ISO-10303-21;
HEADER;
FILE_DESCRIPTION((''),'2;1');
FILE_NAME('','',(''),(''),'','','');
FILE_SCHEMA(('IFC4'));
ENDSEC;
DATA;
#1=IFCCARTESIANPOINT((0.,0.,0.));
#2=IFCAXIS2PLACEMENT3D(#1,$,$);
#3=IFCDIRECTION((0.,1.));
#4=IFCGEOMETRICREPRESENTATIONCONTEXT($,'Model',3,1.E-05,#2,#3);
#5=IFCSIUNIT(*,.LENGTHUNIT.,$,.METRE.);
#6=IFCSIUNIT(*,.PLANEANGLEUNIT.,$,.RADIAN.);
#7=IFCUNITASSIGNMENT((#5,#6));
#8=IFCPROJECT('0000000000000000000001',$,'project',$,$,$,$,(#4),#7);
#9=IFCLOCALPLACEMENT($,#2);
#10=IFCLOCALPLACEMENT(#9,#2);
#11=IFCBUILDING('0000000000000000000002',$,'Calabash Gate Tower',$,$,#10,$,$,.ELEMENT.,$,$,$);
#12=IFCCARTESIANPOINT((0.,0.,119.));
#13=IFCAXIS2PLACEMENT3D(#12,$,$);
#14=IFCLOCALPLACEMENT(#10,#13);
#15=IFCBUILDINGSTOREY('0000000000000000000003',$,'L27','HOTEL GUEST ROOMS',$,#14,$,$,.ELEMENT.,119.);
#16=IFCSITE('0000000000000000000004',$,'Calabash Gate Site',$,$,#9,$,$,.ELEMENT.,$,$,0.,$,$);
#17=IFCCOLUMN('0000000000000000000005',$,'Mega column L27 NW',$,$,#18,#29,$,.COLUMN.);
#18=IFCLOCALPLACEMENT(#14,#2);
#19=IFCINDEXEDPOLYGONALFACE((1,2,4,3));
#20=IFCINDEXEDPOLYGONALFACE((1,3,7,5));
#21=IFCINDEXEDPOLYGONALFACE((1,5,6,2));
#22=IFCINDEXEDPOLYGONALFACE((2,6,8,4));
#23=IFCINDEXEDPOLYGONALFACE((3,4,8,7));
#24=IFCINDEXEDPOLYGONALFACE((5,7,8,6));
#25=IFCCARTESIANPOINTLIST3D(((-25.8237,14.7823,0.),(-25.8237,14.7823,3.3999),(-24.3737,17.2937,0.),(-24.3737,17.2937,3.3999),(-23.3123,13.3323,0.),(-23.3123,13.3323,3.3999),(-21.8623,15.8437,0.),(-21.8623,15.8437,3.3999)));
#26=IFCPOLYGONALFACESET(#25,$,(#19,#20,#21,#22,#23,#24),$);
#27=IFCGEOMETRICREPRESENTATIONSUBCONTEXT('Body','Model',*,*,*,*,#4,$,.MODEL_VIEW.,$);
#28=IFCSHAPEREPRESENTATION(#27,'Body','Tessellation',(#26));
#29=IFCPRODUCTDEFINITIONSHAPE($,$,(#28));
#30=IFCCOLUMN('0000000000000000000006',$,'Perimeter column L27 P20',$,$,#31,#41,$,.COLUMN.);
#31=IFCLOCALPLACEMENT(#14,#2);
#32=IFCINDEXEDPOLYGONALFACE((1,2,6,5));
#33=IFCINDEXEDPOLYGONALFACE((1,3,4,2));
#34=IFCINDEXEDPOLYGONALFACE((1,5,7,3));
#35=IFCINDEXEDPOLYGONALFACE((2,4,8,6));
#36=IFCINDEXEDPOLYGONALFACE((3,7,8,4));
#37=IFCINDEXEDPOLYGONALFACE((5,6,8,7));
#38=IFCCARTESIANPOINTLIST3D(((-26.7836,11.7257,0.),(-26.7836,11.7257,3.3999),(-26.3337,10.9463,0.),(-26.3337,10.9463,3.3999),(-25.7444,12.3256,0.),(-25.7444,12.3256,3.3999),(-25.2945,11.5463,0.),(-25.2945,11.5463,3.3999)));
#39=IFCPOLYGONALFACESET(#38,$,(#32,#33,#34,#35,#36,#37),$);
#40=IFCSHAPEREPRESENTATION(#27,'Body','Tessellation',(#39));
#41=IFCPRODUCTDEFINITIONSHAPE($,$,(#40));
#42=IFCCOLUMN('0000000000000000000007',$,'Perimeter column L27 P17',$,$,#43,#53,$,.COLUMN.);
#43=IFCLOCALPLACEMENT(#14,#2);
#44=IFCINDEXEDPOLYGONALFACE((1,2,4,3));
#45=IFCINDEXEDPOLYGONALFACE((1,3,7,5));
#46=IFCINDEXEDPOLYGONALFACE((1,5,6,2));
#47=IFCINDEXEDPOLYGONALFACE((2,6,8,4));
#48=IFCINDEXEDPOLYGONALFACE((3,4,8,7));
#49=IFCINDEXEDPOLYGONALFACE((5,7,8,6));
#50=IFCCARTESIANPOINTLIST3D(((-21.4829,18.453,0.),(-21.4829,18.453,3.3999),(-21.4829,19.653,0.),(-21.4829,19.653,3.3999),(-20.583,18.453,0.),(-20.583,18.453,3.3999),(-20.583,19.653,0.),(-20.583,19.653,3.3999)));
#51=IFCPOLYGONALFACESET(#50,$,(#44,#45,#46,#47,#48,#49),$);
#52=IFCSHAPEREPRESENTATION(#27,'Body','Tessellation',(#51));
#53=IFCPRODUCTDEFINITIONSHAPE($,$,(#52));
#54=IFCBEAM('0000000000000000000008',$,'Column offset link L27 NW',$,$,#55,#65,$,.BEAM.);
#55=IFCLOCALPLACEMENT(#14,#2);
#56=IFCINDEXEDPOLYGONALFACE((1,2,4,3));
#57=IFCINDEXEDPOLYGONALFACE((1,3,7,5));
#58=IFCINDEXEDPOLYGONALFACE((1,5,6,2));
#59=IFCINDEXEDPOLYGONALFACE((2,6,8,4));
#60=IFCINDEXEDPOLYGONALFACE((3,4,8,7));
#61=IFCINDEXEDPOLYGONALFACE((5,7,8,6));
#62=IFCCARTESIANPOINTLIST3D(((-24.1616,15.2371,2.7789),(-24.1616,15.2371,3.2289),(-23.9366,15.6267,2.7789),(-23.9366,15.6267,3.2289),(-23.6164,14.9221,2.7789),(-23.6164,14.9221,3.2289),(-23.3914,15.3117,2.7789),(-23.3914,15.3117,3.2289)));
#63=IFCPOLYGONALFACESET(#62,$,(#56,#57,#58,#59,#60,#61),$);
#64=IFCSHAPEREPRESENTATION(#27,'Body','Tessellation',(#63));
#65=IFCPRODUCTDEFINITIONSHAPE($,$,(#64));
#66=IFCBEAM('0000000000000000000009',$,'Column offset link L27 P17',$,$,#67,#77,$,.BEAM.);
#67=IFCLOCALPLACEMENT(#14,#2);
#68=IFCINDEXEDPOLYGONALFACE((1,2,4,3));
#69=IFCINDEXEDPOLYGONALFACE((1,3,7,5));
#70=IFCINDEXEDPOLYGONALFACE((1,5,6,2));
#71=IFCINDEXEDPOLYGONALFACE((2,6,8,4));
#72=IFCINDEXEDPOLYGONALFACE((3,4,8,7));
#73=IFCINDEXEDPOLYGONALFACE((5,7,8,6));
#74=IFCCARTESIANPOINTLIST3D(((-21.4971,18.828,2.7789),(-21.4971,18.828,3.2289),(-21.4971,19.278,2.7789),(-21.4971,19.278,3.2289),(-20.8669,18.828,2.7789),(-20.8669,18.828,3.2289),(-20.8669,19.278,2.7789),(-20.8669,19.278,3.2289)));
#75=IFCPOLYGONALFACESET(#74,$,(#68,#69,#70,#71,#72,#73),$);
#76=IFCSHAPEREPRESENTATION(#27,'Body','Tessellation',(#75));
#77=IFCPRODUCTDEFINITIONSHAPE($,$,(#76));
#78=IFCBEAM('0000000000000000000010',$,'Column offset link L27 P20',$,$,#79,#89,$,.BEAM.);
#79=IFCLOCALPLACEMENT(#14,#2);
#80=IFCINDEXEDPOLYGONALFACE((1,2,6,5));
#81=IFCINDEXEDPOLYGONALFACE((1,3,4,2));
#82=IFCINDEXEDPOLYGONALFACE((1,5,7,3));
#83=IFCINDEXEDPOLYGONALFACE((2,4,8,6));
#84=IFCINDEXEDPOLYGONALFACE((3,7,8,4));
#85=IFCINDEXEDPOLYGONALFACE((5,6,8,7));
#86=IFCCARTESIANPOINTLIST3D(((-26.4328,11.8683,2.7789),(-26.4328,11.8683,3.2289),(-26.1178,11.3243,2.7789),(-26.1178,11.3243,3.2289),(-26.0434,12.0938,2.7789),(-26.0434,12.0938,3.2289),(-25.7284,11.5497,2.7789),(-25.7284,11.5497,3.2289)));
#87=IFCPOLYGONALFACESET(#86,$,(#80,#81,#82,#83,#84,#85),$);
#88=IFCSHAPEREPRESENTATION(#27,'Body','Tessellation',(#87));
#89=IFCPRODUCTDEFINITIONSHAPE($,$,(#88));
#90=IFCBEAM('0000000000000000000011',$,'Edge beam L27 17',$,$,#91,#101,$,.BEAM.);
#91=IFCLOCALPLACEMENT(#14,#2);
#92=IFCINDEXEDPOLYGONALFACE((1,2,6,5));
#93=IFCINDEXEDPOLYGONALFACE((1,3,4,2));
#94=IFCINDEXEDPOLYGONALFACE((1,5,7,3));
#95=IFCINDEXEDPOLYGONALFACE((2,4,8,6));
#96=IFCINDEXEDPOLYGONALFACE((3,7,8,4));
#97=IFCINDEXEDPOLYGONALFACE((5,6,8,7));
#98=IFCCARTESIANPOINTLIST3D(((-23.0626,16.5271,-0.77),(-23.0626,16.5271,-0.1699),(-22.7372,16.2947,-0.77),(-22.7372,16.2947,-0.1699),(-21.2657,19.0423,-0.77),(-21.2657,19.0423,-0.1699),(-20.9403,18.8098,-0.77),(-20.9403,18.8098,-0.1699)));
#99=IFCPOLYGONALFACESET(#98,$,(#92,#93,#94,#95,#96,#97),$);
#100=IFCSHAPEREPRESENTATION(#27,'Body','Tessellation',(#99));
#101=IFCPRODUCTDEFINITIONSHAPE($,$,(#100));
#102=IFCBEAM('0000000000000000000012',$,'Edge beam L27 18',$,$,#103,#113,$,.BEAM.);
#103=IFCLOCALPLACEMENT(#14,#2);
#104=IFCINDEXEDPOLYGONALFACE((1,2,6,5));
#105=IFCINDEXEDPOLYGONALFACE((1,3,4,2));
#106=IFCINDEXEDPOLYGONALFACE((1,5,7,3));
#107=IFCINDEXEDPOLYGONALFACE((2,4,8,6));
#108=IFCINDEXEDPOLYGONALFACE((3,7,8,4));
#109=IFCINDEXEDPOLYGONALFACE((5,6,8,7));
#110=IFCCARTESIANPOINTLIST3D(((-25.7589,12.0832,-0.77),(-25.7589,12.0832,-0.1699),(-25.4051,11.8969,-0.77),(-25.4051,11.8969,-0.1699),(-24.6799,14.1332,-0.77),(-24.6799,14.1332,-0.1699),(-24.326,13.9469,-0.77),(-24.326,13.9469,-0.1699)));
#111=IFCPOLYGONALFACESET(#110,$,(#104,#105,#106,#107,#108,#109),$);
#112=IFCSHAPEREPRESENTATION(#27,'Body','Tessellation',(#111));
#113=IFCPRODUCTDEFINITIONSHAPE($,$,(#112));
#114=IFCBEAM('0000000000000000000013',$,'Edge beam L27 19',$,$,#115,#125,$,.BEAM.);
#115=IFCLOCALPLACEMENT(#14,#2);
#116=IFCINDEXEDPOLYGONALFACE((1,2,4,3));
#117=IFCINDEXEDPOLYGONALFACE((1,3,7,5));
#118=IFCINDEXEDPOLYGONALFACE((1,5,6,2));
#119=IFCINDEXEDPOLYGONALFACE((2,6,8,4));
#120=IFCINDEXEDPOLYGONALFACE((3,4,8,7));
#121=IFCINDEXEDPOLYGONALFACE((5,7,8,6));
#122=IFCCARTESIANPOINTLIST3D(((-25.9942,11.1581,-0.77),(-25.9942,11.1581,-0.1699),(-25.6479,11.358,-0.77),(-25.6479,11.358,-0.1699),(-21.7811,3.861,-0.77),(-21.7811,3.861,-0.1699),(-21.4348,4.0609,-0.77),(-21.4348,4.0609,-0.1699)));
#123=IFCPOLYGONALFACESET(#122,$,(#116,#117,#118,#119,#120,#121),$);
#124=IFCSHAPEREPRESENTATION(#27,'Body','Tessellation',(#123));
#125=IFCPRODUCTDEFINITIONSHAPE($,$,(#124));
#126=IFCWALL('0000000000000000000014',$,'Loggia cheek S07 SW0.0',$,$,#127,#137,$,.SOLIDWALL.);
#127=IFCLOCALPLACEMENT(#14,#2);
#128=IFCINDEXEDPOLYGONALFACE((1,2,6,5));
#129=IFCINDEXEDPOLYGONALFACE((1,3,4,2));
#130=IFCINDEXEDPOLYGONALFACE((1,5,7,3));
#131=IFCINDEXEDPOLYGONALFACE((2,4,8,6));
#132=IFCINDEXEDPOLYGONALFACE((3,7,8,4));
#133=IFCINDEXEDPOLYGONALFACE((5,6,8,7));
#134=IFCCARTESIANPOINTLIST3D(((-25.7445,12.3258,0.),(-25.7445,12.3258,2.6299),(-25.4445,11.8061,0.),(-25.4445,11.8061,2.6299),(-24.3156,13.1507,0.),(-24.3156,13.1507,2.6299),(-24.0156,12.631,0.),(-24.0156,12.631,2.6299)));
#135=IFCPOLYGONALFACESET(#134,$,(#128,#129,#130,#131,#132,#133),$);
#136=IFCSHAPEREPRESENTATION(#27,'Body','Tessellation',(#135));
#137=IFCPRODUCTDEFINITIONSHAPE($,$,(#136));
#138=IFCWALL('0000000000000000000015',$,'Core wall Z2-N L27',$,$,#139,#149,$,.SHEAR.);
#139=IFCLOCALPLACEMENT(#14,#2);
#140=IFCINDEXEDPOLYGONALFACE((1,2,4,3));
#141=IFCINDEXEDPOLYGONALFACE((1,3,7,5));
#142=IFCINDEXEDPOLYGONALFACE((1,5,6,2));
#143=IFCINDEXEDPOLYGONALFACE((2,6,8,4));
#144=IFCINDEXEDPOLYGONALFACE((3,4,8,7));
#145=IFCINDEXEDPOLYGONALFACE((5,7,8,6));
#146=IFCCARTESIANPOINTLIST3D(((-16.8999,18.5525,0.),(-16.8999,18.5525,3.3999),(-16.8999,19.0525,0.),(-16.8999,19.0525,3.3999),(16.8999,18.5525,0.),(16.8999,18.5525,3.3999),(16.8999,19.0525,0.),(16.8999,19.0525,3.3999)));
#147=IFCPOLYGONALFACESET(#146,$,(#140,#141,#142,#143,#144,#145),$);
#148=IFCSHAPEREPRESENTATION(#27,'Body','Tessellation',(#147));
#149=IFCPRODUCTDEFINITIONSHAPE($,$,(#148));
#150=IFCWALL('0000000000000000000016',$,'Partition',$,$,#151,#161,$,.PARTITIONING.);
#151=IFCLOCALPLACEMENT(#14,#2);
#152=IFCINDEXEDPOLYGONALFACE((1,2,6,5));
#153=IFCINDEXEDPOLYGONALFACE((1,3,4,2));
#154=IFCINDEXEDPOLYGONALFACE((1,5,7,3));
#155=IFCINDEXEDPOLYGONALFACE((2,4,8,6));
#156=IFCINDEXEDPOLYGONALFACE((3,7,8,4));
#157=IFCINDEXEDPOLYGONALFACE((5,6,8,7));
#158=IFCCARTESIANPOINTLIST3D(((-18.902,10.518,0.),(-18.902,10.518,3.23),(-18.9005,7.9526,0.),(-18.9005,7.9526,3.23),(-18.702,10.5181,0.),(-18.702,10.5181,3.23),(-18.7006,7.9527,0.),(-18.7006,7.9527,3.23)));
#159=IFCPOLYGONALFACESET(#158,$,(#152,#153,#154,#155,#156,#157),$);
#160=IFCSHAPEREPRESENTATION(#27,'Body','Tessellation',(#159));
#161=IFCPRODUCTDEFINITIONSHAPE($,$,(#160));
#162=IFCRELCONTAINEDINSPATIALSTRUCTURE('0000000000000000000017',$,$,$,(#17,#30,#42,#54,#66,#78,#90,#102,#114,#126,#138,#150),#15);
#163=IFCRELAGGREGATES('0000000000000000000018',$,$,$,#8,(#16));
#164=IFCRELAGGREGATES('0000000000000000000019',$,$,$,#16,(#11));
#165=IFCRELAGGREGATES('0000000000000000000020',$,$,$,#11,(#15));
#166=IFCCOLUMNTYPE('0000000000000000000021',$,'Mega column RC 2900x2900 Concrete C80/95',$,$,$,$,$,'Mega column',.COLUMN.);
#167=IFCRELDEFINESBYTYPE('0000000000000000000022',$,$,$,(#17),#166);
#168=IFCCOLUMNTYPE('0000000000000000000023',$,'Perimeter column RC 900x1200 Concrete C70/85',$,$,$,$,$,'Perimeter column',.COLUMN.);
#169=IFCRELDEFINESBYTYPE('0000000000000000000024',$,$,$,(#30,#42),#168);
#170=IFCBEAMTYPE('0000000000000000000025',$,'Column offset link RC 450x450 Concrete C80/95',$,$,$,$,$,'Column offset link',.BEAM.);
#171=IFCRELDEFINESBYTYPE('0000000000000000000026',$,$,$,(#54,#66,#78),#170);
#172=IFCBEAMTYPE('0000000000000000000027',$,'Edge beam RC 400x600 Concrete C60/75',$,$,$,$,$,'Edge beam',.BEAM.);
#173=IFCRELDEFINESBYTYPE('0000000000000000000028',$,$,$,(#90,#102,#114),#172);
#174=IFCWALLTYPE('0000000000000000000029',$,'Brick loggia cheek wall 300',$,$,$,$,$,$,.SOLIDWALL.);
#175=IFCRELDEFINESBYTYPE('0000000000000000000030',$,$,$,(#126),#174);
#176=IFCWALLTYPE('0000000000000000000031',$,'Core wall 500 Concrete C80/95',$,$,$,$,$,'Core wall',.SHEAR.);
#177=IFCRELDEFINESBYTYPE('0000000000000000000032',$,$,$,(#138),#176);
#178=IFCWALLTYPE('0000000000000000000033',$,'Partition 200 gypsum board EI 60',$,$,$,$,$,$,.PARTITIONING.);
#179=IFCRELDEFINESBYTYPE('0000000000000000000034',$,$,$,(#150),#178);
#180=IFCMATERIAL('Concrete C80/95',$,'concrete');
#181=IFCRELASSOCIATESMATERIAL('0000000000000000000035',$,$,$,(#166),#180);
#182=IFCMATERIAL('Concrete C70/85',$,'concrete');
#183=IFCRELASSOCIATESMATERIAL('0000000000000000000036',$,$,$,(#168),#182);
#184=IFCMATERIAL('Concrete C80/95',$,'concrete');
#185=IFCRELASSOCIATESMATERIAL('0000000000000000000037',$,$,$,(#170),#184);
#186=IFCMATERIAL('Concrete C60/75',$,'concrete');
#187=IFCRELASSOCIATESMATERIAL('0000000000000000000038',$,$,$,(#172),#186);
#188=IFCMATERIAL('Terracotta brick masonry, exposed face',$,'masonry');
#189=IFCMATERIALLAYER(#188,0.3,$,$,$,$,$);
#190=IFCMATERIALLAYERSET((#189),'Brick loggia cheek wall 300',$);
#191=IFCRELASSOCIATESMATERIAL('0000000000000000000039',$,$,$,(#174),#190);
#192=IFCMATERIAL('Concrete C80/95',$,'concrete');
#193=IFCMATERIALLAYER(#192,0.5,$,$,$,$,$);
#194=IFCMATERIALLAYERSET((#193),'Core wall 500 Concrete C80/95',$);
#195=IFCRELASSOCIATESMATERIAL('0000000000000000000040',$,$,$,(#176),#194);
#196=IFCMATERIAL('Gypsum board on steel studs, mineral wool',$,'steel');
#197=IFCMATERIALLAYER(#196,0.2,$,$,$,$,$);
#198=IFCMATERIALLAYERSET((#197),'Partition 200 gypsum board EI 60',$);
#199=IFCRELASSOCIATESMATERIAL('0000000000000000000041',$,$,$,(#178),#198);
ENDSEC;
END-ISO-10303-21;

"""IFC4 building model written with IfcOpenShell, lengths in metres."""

from ifc_helpers import new_model, si_unit, direction, frame, frame_2d, origin, origin_2d, place, context, subcontext, project, spatial, rectangle, extrude, material, layer, layer_set, material_profile, profile_set, type_object, element, save


model = new_model("IFC4")

# Units and contexts
model_context = context("Model", 3, precision=1e-05, world=origin(), true_north=direction((0.0, 1.0)))
body_context = subcontext(model_context, "Body", "Model", "MODEL_VIEW")
ifc_project = project(units=[si_unit("LENGTHUNIT", "METRE"), si_unit("PLANEANGLEUNIT", "RADIAN")], contexts=[model_context])

# Site, building, storey
site_placement = place(None, origin())
site = spatial("IfcSite", under=ifc_project, at=site_placement, Name="Calabash Gate Site", CompositionType="ELEMENT", RefElevation=0.0)
building_placement = place(site_placement, origin())
building = spatial("IfcBuilding", under=site, at=building_placement, Name="Calabash Gate Tower", CompositionType="ELEMENT")
storey_placement = place(building_placement, frame((0.0, 0.0, 119.0)))
storey = spatial("IfcBuildingStorey", under=building, at=storey_placement, Name="L27", Description="HOTEL GUEST ROOMS", CompositionType="ELEMENT", Elevation=119.0)

# Columns
ifc_material_1 = material(Name="Concrete C80/95", Category="concrete")
ifc_material_profile_1 = material_profile(ifc_material_1, rectangle(XDim=2.8999, YDim=2.8999, at=origin_2d()))
ifc_profile_set_1 = profile_set([ifc_material_profile_1], Name="Concrete C80/95")
column_type_1 = type_object("IfcColumnType", Name="Mega column RC 2900x2900 Concrete C80/95", ElementType="Mega column", PredefinedType="COLUMN", material=ifc_profile_set_1)
column_placement = place(storey_placement, frame((-23.843, 15.313, 0.0), z_axis=(0.0, 0.0, 1.0), x_axis=(0.866025, -0.5, 0.0)))
element("IfcColumn", 1, at=column_placement, inside=storey, type_object=column_type_1, Name="Mega column L27 NW", PredefinedType="COLUMN", context=body_context, shape_type="SweptSolid", body=[
    extrude(rectangle(XDim=2.8999, YDim=2.8999, at=origin_2d()), origin(), (0.0, 0.0, 1.0), 3.3999),
])
ifc_material_2 = material(Name="Concrete C70/85", Category="concrete")
ifc_material_profile_2 = material_profile(ifc_material_2, rectangle(XDim=0.8999, YDim=1.2, at=origin_2d()))
ifc_profile_set_2 = profile_set([ifc_material_profile_2], Name="Concrete C70/85")
column_type_2 = type_object("IfcColumnType", Name="Perimeter column RC 900x1200 Concrete C70/85", ElementType="Perimeter column", PredefinedType="COLUMN", material=ifc_profile_set_2)
for number, where, z_axis, x_axis, name in (
    (2, (-26.0391, 11.636, 0.0), (0.0, 0.0, 1.0), (0.5, -0.866025, 0.0), "Perimeter column L27 P20"),
    (3, (-21.033, 19.053, 0.0), (0.0, 0.0, 1.0), (-1.0, 0.0, 0.0), "Perimeter column L27 P17"),
):
    element("IfcColumn", number, at=place(storey_placement, frame(where, z_axis=z_axis, x_axis=x_axis)), inside=storey, type_object=column_type_2, Name=name, PredefinedType="COLUMN", context=body_context, shape_type="SweptSolid", body=[
        extrude(rectangle(XDim=0.8999, YDim=1.2, at=origin_2d()), origin(), (0.0, 0.0, 1.0), 3.3999),
    ])

# Beams
ifc_material_3 = material(Name="Concrete C80/95", Category="concrete")
ifc_material_profile_3 = material_profile(ifc_material_3, rectangle(XDim=0.45, YDim=0.45, at=origin_2d()))
ifc_profile_set_3 = profile_set([ifc_material_profile_3], Name="Concrete C80/95")
beam_type_1 = type_object("IfcBeamType", Name="Column offset link RC 450x450 Concrete C80/95", ElementType="Column offset link", PredefinedType="BEAM", material=ifc_profile_set_3)
beam_1_placement = place(storey_placement, frame((-23.5039, 15.1169, 3.0039), z_axis=(-0.865895, 0.500226, 0.0), x_axis=(-0.500226, -0.865895, 0.0)))
element("IfcBeam", 4, at=beam_1_placement, inside=storey, type_object=beam_type_1, Name="Column offset link L27 NW", PredefinedType="BEAM", context=body_context, shape_type="SweptSolid", body=[
    extrude(rectangle(XDim=0.45, YDim=0.45, at=origin_2d()), origin(), (0.0, 0.0, 1.0), 0.6296),
])
beam_2_placement = place(storey_placement, frame((-20.8669, 19.053, 3.0039), z_axis=(-1.0, 0.0, 0.0), x_axis=(0.0, -1.0, 0.0)))
element("IfcBeam", 5, at=beam_2_placement, inside=storey, type_object=beam_type_1, Name="Column offset link L27 P17", PredefinedType="BEAM", context=body_context, shape_type="SweptSolid", body=[
    extrude(rectangle(XDim=0.45, YDim=0.45, at=origin_2d()), origin(), (0.0, 0.0, 1.0), 0.6301),
])
beam_3_placement = place(storey_placement, frame((-25.9231, 11.437, 3.0039), z_axis=(-0.501067, 0.865409, 0.0), x_axis=(-0.865409, -0.501067, 0.0)))
element("IfcBeam", 6, at=beam_3_placement, inside=storey, type_object=beam_type_1, Name="Column offset link L27 P20", PredefinedType="BEAM", context=body_context, shape_type="SweptSolid", body=[
    extrude(rectangle(XDim=0.45, YDim=0.45, at=origin_2d()), origin(), (0.0, 0.0, 1.0), 0.6287),
])
ifc_material_4 = material(Name="Concrete C60/75", Category="concrete")
ifc_material_profile_4 = material_profile(ifc_material_4, rectangle(XDim=0.3999, YDim=0.6001, at=origin_2d()))
ifc_profile_set_4 = profile_set([ifc_material_profile_4], Name="Concrete C60/75")
beam_type_2 = type_object("IfcBeamType", Name="Edge beam RC 400x600 Concrete C60/75", ElementType="Edge beam", PredefinedType="BEAM", material=ifc_profile_set_4)
beam_4_placement = place(storey_placement, frame((-21.103, 18.926, -0.47), z_axis=(-0.581313, -0.81368, 0.0), x_axis=(0.81368, -0.581313, 0.0)))
element("IfcBeam", 7, at=beam_4_placement, inside=storey, type_object=beam_type_2, Name="Edge beam L27 17", PredefinedType="BEAM", context=body_context, shape_type="SweptSolid", body=[
    extrude(rectangle(XDim=0.3999, YDim=0.6001, at=origin_2d()), origin(), (0.0, 0.0, 1.0), 3.0911),
])
beam_5_placement = place(storey_placement, frame((-24.5029, 14.04, -0.47), z_axis=(-0.46579, -0.884895, 0.0), x_axis=(0.884895, -0.46579, 0.0)))
element("IfcBeam", 8, at=beam_5_placement, inside=storey, type_object=beam_type_2, Name="Edge beam L27 18", PredefinedType="BEAM", context=body_context, shape_type="SweptSolid", body=[
    extrude(rectangle(XDim=0.3999, YDim=0.6001, at=origin_2d()), origin(), (0.0, 0.0, 1.0), 2.3167),
])
beam_6_placement = place(storey_placement, frame((-25.821, 11.2581, -0.47), z_axis=(0.500013, -0.866018, 0.0), x_axis=(0.866018, 0.500013, 0.0)))
element("IfcBeam", 9, at=beam_6_placement, inside=storey, type_object=beam_type_2, Name="Edge beam L27 19", PredefinedType="BEAM", context=body_context, shape_type="SweptSolid", body=[
    extrude(rectangle(XDim=0.3999, YDim=0.6001, at=origin_2d()), origin(), (0.0, 0.0, 1.0), 8.426),
])

# Walls
ifc_material_5 = material(Name="Terracotta brick masonry, exposed face", Category="masonry")
ifc_layer_1 = layer(ifc_material_5, 0.3)
ifc_layer_set_1 = layer_set([ifc_layer_1], Name="Brick loggia cheek wall 300")
wall_type_1 = type_object("IfcWallType", Name="Brick loggia cheek wall 300", PredefinedType="SOLIDWALL", material=ifc_layer_set_1)
wall_1_placement = place(storey_placement, frame((-25.5945, 12.0659, 0.0), z_axis=(0.0, 0.0, 1.0), x_axis=(0.86604, 0.499974, 0.0)))
element("IfcWall", 10, at=wall_1_placement, inside=storey, type_object=wall_type_1, Name="Loggia cheek S07 SW0.0", PredefinedType="SOLIDWALL", context=body_context, shape_type="SweptSolid", body=[
    extrude(rectangle(XDim=1.6499, YDim=0.6001, at=frame_2d((0.825, 0.0))), origin(), (0.0, 0.0, 1.0), 2.6299),
])
ifc_material_6 = material(Name="Concrete C80/95", Category="concrete")
ifc_layer_2 = layer(ifc_material_6, 0.5)
ifc_layer_set_2 = layer_set([ifc_layer_2], Name="Core wall 500 Concrete C80/95")
wall_type_2 = type_object("IfcWallType", Name="Core wall 500 Concrete C80/95", ElementType="Core wall", PredefinedType="SHEAR", material=ifc_layer_set_2)
wall_2_placement = place(storey_placement, frame((-16.8999, 18.8025, 0.0), z_axis=(0.0, 0.0, 1.0), x_axis=(1.0, 0.0, 0.0)))
element("IfcWall", 11, at=wall_2_placement, inside=storey, type_object=wall_type_2, Name="Core wall Z2-N L27", PredefinedType="SHEAR", context=body_context, shape_type="SweptSolid", body=[
    extrude(rectangle(XDim=33.7998, YDim=0.5, at=frame_2d((16.8999, 0.0))), origin(), (0.0, 0.0, 1.0), 3.3999),
])
ifc_material_7 = material(Name="Gypsum board on steel studs, mineral wool", Category="steel")
ifc_layer_3 = layer(ifc_material_7, 0.2)
ifc_layer_set_3 = layer_set([ifc_layer_3], Name="Partition 200 gypsum board EI 60")
wall_type_3 = type_object("IfcWallType", Name="Partition 200 gypsum board EI 60", PredefinedType="PARTITIONING", material=ifc_layer_set_3)
wall_3_placement = place(storey_placement, frame((-18.802, 10.5181, 0.0), z_axis=(0.0, 0.0, 1.0), x_axis=(0.000571, -1.0, 0.0)))
element("IfcWall", 12, at=wall_3_placement, inside=storey, type_object=wall_type_3, Name="Partition", PredefinedType="PARTITIONING", context=body_context, shape_type="SweptSolid", body=[
    extrude(rectangle(XDim=2.5654, YDim=0.2, at=frame_2d((1.2827, 0.0))), origin(), (0.0, 0.0, 1.0), 3.23),
])

save(model, "model.ifc")
